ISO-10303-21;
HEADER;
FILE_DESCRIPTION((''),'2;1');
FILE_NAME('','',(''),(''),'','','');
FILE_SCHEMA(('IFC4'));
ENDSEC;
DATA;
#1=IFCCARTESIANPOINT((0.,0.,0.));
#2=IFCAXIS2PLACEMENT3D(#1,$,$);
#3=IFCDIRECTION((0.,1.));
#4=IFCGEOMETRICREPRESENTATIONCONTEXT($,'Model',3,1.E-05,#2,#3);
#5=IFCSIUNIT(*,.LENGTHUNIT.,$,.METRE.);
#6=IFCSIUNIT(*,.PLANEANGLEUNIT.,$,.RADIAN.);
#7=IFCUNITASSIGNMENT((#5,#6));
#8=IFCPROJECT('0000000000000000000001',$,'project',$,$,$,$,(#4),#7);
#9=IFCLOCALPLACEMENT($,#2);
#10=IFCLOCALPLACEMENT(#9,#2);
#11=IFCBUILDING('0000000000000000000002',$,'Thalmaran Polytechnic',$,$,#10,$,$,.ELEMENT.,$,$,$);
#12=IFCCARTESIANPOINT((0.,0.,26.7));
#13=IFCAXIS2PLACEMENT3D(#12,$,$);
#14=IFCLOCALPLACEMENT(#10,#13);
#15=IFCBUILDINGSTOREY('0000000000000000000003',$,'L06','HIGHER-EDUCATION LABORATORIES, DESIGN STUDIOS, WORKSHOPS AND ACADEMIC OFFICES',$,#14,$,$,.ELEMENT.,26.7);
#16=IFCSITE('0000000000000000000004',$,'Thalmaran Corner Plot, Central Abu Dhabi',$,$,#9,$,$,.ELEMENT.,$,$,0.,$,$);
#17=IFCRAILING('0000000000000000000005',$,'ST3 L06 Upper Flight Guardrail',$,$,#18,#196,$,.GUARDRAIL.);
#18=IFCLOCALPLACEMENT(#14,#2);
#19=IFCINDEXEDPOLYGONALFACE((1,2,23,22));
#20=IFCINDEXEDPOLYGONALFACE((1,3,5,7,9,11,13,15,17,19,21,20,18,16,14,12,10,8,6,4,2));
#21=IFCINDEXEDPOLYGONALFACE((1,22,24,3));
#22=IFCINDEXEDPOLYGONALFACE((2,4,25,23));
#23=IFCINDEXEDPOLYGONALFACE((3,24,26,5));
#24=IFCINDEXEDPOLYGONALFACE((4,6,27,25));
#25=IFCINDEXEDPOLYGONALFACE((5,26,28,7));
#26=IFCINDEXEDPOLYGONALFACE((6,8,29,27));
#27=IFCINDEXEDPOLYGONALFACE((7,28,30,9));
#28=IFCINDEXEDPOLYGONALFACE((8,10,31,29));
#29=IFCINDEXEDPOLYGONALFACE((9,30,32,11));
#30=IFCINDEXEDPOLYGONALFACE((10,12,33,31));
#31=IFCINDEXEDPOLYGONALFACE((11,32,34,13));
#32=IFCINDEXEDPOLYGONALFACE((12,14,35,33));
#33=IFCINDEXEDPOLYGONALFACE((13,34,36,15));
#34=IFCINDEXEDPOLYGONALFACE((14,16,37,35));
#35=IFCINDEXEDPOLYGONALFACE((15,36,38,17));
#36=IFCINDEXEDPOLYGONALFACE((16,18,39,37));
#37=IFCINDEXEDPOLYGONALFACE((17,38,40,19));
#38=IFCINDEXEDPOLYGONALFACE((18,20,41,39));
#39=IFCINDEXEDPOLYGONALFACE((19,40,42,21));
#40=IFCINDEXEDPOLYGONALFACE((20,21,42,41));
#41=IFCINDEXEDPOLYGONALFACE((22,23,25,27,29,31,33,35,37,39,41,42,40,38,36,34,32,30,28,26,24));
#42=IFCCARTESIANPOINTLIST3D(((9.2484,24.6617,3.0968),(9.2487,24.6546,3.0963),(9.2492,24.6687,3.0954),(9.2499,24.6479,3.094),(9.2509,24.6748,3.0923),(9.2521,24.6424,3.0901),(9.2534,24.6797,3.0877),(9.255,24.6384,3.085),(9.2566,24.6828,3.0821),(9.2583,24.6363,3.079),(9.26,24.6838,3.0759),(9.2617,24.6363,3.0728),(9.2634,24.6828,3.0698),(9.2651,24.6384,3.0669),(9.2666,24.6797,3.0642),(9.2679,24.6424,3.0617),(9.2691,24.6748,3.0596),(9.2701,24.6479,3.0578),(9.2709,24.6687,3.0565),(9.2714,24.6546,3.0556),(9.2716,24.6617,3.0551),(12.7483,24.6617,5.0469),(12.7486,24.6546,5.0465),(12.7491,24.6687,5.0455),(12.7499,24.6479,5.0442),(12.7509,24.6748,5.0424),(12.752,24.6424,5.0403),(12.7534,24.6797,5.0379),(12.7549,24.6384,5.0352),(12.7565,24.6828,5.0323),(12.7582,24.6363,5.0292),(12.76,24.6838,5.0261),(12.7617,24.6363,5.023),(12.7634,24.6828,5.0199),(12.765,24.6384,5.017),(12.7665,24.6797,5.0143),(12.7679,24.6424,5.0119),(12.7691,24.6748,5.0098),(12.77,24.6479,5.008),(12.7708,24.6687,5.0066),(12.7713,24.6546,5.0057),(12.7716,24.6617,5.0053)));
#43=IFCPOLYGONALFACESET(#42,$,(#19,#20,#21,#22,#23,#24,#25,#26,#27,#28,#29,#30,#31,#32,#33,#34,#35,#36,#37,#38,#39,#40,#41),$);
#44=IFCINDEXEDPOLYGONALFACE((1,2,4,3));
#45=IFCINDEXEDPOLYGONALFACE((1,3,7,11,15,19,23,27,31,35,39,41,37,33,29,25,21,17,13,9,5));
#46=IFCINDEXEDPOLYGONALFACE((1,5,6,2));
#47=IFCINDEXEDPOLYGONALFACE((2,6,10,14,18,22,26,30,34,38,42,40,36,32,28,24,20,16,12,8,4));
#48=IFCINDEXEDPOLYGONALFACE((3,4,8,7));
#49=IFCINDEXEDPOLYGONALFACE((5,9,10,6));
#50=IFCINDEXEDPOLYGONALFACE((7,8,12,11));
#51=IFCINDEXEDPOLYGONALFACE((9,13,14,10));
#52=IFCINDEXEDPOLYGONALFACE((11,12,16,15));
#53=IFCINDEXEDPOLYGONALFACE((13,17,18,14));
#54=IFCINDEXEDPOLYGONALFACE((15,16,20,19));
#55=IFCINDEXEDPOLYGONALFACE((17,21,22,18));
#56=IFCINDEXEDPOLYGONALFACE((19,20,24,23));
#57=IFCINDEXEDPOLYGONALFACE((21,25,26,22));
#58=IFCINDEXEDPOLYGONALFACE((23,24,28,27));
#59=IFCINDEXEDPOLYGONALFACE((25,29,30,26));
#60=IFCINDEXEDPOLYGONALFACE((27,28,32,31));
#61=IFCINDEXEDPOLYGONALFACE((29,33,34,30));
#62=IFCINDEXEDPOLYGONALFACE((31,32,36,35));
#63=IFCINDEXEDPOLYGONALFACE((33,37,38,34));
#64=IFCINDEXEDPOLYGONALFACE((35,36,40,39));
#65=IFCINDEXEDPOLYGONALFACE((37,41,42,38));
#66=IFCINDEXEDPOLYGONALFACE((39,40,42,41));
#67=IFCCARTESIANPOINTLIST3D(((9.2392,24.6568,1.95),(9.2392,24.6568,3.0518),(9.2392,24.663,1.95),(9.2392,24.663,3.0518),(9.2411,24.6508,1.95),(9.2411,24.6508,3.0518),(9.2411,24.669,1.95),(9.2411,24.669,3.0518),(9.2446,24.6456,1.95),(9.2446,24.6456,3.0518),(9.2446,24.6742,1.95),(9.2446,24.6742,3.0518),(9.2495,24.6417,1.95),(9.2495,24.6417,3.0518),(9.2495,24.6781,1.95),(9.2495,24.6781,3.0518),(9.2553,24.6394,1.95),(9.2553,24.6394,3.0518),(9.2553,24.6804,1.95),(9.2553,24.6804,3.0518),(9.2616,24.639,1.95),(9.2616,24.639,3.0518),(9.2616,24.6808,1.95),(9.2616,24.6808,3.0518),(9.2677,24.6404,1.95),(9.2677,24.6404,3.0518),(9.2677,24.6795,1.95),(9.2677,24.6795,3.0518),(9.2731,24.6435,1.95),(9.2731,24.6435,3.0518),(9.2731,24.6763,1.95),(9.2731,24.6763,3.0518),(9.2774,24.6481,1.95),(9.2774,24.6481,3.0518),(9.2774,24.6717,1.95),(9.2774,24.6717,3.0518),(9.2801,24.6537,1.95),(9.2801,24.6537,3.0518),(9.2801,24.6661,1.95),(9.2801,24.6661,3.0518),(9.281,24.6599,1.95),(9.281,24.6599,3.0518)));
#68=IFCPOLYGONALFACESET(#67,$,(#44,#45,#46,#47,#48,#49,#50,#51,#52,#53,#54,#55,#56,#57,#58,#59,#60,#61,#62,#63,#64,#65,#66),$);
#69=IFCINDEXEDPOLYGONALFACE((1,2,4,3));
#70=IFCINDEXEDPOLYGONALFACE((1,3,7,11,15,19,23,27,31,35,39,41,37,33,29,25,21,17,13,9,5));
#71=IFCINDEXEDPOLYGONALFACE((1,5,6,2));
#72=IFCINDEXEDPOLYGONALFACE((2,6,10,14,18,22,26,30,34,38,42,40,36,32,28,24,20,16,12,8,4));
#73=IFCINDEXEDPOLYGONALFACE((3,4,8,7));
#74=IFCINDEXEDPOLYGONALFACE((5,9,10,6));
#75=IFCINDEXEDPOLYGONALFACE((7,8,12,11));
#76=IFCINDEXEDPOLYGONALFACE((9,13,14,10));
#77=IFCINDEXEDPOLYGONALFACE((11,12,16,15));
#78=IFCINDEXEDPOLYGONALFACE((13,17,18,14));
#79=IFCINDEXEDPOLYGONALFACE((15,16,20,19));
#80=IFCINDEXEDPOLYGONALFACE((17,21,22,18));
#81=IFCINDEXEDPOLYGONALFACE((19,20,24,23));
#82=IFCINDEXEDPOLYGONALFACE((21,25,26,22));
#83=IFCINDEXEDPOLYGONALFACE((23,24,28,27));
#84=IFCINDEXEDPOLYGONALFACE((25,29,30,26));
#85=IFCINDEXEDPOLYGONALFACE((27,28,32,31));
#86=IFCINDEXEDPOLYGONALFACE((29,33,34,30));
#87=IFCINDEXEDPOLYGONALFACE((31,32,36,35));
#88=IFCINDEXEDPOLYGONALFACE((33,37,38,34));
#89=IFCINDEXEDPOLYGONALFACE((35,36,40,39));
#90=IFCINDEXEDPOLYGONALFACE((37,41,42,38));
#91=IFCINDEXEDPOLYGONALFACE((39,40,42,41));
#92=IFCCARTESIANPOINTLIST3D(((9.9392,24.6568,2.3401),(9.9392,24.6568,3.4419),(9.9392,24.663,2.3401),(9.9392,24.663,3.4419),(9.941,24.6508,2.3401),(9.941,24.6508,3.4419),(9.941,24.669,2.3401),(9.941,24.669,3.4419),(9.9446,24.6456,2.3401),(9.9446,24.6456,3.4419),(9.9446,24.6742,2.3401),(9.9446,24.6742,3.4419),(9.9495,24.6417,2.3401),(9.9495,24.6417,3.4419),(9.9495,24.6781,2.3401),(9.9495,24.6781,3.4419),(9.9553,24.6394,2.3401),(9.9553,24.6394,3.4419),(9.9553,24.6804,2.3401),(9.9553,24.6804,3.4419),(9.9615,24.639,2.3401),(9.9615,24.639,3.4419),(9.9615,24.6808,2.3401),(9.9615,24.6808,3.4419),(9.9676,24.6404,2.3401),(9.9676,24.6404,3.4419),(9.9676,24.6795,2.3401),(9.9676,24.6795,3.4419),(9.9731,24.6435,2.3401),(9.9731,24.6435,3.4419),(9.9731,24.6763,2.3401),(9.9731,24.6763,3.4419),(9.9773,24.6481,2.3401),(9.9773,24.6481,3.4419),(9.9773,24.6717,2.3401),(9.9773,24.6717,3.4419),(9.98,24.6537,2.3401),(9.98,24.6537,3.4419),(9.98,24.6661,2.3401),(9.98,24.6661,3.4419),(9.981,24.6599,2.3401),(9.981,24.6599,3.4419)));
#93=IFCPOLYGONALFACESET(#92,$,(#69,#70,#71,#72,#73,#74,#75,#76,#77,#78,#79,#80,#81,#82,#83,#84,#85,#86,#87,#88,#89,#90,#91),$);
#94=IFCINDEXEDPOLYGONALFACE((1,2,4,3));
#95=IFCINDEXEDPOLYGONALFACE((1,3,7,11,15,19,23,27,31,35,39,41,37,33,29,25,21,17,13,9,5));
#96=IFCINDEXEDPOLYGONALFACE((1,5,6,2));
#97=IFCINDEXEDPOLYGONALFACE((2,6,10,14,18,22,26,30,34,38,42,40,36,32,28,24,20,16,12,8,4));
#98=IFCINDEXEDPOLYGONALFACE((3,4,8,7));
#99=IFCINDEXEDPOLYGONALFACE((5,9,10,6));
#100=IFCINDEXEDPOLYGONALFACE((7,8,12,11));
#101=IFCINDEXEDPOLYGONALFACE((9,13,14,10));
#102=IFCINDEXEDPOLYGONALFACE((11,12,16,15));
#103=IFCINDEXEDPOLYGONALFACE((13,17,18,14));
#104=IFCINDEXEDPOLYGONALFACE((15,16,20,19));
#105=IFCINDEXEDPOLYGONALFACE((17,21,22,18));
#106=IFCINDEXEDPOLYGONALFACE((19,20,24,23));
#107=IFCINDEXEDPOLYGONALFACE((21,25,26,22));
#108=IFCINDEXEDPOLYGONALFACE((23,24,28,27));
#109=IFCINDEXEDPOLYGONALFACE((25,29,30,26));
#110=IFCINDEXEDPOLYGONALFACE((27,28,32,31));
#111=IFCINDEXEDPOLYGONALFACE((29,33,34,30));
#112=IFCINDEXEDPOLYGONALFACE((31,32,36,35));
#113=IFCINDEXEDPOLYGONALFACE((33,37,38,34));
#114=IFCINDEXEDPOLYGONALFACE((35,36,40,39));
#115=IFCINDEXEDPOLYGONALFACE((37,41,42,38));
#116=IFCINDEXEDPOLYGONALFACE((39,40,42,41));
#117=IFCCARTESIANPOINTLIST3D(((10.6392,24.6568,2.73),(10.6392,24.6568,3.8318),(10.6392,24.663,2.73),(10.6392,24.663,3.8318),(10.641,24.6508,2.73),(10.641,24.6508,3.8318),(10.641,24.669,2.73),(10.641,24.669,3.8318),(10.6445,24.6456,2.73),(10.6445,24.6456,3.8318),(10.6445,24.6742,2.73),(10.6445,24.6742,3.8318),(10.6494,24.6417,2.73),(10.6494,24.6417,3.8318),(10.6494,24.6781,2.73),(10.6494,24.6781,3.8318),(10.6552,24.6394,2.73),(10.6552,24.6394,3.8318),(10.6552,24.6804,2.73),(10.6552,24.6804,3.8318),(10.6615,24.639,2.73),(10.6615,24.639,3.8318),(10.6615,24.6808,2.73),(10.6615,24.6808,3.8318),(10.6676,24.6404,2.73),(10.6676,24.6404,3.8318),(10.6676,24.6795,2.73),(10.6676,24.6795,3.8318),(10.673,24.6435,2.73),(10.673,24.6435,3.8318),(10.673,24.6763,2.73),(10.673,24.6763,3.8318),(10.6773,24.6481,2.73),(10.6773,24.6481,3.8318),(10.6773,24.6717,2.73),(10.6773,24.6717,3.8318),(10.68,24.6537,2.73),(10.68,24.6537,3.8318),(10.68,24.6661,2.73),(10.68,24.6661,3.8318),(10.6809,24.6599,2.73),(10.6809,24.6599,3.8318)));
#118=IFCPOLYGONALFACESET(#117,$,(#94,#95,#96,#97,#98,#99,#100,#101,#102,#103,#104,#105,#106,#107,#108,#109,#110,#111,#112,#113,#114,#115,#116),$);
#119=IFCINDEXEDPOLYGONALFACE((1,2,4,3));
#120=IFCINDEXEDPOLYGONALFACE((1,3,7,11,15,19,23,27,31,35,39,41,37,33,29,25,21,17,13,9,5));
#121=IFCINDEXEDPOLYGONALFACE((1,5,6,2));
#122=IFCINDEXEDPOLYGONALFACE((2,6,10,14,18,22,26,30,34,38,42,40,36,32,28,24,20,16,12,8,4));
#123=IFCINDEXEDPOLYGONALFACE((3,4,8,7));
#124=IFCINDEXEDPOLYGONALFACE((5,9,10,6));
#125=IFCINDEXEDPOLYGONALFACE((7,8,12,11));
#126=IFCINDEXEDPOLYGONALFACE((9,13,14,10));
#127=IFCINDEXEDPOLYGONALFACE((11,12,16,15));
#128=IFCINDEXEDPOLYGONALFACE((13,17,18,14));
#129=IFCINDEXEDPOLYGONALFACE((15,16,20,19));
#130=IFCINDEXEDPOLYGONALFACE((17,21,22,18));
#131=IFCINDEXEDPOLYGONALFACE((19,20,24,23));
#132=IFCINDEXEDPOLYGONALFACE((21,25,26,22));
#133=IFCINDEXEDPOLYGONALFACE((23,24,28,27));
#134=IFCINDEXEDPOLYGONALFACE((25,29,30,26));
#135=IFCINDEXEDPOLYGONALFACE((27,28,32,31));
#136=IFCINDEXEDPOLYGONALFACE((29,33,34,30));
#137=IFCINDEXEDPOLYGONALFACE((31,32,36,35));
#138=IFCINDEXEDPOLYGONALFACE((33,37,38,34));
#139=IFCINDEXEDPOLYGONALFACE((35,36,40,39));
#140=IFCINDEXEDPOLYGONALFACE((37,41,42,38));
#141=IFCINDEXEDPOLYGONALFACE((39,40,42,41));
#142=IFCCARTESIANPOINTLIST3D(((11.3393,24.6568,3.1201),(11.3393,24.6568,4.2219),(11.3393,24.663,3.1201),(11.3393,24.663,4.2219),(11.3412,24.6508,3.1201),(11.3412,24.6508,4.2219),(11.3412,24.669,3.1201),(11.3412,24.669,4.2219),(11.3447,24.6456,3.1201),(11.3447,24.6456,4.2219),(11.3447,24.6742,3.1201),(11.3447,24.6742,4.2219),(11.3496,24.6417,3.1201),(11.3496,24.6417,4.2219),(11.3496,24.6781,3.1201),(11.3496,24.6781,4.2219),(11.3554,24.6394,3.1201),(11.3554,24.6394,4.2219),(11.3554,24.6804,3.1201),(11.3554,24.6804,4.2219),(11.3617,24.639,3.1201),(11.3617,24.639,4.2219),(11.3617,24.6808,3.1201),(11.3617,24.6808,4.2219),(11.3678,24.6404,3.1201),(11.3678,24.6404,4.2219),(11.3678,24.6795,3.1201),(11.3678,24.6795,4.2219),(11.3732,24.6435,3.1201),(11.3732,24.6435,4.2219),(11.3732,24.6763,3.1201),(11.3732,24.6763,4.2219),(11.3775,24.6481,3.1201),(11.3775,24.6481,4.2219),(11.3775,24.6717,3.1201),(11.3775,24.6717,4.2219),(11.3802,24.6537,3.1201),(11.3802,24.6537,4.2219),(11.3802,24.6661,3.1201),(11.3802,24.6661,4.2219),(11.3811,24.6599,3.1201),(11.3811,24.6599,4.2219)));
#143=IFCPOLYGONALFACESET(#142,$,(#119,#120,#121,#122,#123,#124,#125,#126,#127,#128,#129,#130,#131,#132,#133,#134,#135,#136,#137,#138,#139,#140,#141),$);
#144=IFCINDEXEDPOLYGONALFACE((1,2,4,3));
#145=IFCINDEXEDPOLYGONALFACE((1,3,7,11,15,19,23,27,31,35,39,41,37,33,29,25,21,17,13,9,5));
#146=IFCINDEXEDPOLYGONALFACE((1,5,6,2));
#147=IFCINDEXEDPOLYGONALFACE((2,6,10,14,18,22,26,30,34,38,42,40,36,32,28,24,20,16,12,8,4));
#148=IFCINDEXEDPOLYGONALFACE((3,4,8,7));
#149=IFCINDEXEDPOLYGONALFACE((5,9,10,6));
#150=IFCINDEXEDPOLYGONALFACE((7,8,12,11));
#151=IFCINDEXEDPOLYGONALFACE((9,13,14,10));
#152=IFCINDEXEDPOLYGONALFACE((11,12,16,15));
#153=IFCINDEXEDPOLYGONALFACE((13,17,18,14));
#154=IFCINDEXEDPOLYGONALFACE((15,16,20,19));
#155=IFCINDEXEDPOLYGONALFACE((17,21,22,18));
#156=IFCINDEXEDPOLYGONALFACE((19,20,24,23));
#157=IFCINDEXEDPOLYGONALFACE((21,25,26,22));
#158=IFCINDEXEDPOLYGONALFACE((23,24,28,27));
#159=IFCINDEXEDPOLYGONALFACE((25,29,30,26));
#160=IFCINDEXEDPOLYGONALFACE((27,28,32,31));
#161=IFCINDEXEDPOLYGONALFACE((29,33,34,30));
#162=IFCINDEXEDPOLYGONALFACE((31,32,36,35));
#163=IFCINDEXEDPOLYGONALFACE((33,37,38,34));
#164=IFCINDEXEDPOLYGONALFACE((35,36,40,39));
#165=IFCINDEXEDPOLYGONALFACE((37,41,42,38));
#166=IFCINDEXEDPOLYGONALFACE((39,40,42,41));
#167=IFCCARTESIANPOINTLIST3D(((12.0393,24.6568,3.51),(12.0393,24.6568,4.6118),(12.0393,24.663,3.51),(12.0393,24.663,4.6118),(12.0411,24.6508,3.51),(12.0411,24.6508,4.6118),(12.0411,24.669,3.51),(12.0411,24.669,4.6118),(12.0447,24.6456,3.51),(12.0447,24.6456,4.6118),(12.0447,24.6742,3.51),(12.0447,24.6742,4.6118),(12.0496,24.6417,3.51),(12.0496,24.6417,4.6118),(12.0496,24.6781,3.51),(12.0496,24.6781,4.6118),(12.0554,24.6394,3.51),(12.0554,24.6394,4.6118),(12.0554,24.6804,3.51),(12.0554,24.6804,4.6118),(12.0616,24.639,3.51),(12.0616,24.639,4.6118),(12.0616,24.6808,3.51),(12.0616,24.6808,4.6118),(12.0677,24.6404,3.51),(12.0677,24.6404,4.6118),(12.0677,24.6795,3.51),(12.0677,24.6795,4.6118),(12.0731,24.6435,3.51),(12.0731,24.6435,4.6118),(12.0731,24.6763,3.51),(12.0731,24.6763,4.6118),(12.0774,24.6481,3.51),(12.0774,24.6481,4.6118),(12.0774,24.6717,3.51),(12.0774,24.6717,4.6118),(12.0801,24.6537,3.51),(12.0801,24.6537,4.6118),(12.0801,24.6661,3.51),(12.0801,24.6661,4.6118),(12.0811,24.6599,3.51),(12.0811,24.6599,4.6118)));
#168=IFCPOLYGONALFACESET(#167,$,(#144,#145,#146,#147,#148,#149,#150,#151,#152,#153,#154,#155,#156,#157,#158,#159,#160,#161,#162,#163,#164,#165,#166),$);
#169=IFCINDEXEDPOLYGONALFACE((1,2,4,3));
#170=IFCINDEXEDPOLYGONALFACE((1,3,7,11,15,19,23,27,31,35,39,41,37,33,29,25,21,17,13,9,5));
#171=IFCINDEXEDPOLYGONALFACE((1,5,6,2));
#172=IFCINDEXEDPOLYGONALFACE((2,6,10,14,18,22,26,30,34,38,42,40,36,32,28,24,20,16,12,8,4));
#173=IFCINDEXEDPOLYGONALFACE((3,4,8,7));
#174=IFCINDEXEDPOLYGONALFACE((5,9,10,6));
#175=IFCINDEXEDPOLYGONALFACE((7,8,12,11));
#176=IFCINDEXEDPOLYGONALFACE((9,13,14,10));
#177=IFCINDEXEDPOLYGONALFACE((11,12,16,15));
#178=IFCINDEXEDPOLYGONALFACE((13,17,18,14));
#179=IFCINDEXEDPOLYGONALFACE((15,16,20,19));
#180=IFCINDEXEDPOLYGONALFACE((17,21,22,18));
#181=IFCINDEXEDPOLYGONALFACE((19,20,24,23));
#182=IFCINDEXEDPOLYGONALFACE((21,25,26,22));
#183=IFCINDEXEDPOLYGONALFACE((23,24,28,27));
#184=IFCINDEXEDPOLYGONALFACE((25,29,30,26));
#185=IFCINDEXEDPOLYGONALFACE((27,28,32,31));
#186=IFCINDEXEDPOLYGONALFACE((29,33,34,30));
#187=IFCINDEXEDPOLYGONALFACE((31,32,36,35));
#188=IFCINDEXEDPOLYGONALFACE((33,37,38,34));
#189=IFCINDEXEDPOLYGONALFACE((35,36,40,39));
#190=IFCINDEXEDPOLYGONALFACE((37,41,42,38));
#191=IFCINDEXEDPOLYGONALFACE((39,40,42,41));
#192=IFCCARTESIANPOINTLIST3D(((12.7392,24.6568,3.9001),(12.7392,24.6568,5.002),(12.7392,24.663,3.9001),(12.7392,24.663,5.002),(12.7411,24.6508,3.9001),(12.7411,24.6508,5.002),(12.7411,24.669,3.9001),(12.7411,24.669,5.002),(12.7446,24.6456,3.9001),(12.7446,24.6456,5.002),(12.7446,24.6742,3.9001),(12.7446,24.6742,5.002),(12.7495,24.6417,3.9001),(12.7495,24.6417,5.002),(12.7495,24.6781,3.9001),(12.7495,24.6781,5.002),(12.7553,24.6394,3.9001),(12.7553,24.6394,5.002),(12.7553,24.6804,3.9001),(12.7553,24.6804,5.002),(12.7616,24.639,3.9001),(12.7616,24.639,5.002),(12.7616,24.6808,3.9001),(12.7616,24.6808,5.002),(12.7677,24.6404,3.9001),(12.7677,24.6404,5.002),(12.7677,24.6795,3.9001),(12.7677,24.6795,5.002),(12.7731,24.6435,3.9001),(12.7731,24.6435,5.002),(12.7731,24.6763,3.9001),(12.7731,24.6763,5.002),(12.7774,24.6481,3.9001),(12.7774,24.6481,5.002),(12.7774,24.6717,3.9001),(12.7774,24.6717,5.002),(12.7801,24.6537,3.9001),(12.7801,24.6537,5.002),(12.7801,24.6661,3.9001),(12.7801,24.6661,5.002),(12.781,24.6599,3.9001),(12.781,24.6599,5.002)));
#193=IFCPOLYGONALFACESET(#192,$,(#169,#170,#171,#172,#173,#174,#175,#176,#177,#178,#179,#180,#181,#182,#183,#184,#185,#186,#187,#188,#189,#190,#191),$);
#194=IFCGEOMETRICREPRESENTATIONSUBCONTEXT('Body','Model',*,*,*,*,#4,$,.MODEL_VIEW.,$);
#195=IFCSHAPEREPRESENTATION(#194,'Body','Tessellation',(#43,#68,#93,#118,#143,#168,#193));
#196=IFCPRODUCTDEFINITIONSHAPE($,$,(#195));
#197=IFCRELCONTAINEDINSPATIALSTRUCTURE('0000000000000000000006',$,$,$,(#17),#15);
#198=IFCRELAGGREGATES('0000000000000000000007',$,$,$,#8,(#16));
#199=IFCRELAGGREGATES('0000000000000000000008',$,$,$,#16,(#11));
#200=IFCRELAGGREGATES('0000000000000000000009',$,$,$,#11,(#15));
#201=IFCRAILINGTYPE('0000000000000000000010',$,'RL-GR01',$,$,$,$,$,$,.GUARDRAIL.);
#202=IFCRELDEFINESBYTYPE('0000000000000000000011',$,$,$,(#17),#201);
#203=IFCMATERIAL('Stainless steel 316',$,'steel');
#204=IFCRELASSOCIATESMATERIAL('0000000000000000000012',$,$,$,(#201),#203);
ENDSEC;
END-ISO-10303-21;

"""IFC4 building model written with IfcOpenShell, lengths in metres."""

from ifc_helpers import new_model, si_unit, direction, frame, origin, origin_2d, place, context, subcontext, project, spatial, circle, extrude, material, type_object, element, save


model = new_model("IFC4")

# Units and contexts
model_context = context("Model", 3, precision=1e-05, world=origin(), true_north=direction((0.0, 1.0)))
body_context = subcontext(model_context, "Body", "Model", "MODEL_VIEW")
ifc_project = project(units=[si_unit("LENGTHUNIT", "METRE"), si_unit("PLANEANGLEUNIT", "RADIAN")], contexts=[model_context])

# Site, building, storey
site_placement = place(None, origin())
site = spatial("IfcSite", under=ifc_project, at=site_placement, Name="Thalmaran Corner Plot, Central Abu Dhabi", CompositionType="ELEMENT", RefElevation=0.0)
building_placement = place(site_placement, origin())
building = spatial("IfcBuilding", under=site, at=building_placement, Name="Thalmaran Polytechnic", CompositionType="ELEMENT")
storey_placement = place(building_placement, frame((0.0, 0.0, 26.7)))
storey = spatial("IfcBuildingStorey", under=building, at=storey_placement, Name="L06", Description="HIGHER-EDUCATION LABORATORIES, DESIGN STUDIOS, WORKSHOPS AND ACADEMIC OFFICES", CompositionType="ELEMENT", Elevation=26.7)

# Railing
ifc_material_1 = material(Name="Stainless steel 316", Category="steel")
railing_type_1 = type_object("IfcRailingType", Name="RL-GR01", PredefinedType="GUARDRAIL", material=ifc_material_1)
railing_1_placement = place(storey_placement, frame((9.26, 24.6599, 1.95)))
element("IfcRailing", 1, at=railing_1_placement, inside=storey, type_object=railing_type_1, Name="ST3 L06 Upper Flight Guardrail", PredefinedType="GUARDRAIL", context=body_context, shape_type="SweptSolid", body=[
    extrude(circle(Radius=0.0239, at=origin_2d()), frame((0.0, 0.0, 1.126), z_axis=(0.873547, 0.0, 0.486739), x_axis=(0.0, 1.0, 0.0)), (0.0, 0.0, 1.0), 4.0066),
    extrude(circle(Radius=0.021, at=origin_2d()), origin(), (0.0, 0.0, 1.0), 1.1018),
    extrude(circle(Radius=0.021, at=origin_2d()), frame((0.7, 0.0, 0.3901)), (0.0, 0.0, 1.0), 1.1018),
    extrude(circle(Radius=0.021, at=origin_2d()), frame((1.3999, 0.0, 0.78)), (0.0, 0.0, 1.0), 1.1018),
    extrude(circle(Radius=0.021, at=origin_2d()), frame((2.1001, 0.0, 1.1702)), (0.0, 0.0, 1.0), 1.1018),
    extrude(circle(Radius=0.021, at=origin_2d()), frame((2.8, 0.0, 1.5601)), (0.0, 0.0, 1.0), 1.1018),
    extrude(circle(Radius=0.021, at=origin_2d()), frame((3.5, 0.0, 1.9502)), (0.0, 0.0, 1.0), 1.1018),
])

save(model, "model.ifc")
